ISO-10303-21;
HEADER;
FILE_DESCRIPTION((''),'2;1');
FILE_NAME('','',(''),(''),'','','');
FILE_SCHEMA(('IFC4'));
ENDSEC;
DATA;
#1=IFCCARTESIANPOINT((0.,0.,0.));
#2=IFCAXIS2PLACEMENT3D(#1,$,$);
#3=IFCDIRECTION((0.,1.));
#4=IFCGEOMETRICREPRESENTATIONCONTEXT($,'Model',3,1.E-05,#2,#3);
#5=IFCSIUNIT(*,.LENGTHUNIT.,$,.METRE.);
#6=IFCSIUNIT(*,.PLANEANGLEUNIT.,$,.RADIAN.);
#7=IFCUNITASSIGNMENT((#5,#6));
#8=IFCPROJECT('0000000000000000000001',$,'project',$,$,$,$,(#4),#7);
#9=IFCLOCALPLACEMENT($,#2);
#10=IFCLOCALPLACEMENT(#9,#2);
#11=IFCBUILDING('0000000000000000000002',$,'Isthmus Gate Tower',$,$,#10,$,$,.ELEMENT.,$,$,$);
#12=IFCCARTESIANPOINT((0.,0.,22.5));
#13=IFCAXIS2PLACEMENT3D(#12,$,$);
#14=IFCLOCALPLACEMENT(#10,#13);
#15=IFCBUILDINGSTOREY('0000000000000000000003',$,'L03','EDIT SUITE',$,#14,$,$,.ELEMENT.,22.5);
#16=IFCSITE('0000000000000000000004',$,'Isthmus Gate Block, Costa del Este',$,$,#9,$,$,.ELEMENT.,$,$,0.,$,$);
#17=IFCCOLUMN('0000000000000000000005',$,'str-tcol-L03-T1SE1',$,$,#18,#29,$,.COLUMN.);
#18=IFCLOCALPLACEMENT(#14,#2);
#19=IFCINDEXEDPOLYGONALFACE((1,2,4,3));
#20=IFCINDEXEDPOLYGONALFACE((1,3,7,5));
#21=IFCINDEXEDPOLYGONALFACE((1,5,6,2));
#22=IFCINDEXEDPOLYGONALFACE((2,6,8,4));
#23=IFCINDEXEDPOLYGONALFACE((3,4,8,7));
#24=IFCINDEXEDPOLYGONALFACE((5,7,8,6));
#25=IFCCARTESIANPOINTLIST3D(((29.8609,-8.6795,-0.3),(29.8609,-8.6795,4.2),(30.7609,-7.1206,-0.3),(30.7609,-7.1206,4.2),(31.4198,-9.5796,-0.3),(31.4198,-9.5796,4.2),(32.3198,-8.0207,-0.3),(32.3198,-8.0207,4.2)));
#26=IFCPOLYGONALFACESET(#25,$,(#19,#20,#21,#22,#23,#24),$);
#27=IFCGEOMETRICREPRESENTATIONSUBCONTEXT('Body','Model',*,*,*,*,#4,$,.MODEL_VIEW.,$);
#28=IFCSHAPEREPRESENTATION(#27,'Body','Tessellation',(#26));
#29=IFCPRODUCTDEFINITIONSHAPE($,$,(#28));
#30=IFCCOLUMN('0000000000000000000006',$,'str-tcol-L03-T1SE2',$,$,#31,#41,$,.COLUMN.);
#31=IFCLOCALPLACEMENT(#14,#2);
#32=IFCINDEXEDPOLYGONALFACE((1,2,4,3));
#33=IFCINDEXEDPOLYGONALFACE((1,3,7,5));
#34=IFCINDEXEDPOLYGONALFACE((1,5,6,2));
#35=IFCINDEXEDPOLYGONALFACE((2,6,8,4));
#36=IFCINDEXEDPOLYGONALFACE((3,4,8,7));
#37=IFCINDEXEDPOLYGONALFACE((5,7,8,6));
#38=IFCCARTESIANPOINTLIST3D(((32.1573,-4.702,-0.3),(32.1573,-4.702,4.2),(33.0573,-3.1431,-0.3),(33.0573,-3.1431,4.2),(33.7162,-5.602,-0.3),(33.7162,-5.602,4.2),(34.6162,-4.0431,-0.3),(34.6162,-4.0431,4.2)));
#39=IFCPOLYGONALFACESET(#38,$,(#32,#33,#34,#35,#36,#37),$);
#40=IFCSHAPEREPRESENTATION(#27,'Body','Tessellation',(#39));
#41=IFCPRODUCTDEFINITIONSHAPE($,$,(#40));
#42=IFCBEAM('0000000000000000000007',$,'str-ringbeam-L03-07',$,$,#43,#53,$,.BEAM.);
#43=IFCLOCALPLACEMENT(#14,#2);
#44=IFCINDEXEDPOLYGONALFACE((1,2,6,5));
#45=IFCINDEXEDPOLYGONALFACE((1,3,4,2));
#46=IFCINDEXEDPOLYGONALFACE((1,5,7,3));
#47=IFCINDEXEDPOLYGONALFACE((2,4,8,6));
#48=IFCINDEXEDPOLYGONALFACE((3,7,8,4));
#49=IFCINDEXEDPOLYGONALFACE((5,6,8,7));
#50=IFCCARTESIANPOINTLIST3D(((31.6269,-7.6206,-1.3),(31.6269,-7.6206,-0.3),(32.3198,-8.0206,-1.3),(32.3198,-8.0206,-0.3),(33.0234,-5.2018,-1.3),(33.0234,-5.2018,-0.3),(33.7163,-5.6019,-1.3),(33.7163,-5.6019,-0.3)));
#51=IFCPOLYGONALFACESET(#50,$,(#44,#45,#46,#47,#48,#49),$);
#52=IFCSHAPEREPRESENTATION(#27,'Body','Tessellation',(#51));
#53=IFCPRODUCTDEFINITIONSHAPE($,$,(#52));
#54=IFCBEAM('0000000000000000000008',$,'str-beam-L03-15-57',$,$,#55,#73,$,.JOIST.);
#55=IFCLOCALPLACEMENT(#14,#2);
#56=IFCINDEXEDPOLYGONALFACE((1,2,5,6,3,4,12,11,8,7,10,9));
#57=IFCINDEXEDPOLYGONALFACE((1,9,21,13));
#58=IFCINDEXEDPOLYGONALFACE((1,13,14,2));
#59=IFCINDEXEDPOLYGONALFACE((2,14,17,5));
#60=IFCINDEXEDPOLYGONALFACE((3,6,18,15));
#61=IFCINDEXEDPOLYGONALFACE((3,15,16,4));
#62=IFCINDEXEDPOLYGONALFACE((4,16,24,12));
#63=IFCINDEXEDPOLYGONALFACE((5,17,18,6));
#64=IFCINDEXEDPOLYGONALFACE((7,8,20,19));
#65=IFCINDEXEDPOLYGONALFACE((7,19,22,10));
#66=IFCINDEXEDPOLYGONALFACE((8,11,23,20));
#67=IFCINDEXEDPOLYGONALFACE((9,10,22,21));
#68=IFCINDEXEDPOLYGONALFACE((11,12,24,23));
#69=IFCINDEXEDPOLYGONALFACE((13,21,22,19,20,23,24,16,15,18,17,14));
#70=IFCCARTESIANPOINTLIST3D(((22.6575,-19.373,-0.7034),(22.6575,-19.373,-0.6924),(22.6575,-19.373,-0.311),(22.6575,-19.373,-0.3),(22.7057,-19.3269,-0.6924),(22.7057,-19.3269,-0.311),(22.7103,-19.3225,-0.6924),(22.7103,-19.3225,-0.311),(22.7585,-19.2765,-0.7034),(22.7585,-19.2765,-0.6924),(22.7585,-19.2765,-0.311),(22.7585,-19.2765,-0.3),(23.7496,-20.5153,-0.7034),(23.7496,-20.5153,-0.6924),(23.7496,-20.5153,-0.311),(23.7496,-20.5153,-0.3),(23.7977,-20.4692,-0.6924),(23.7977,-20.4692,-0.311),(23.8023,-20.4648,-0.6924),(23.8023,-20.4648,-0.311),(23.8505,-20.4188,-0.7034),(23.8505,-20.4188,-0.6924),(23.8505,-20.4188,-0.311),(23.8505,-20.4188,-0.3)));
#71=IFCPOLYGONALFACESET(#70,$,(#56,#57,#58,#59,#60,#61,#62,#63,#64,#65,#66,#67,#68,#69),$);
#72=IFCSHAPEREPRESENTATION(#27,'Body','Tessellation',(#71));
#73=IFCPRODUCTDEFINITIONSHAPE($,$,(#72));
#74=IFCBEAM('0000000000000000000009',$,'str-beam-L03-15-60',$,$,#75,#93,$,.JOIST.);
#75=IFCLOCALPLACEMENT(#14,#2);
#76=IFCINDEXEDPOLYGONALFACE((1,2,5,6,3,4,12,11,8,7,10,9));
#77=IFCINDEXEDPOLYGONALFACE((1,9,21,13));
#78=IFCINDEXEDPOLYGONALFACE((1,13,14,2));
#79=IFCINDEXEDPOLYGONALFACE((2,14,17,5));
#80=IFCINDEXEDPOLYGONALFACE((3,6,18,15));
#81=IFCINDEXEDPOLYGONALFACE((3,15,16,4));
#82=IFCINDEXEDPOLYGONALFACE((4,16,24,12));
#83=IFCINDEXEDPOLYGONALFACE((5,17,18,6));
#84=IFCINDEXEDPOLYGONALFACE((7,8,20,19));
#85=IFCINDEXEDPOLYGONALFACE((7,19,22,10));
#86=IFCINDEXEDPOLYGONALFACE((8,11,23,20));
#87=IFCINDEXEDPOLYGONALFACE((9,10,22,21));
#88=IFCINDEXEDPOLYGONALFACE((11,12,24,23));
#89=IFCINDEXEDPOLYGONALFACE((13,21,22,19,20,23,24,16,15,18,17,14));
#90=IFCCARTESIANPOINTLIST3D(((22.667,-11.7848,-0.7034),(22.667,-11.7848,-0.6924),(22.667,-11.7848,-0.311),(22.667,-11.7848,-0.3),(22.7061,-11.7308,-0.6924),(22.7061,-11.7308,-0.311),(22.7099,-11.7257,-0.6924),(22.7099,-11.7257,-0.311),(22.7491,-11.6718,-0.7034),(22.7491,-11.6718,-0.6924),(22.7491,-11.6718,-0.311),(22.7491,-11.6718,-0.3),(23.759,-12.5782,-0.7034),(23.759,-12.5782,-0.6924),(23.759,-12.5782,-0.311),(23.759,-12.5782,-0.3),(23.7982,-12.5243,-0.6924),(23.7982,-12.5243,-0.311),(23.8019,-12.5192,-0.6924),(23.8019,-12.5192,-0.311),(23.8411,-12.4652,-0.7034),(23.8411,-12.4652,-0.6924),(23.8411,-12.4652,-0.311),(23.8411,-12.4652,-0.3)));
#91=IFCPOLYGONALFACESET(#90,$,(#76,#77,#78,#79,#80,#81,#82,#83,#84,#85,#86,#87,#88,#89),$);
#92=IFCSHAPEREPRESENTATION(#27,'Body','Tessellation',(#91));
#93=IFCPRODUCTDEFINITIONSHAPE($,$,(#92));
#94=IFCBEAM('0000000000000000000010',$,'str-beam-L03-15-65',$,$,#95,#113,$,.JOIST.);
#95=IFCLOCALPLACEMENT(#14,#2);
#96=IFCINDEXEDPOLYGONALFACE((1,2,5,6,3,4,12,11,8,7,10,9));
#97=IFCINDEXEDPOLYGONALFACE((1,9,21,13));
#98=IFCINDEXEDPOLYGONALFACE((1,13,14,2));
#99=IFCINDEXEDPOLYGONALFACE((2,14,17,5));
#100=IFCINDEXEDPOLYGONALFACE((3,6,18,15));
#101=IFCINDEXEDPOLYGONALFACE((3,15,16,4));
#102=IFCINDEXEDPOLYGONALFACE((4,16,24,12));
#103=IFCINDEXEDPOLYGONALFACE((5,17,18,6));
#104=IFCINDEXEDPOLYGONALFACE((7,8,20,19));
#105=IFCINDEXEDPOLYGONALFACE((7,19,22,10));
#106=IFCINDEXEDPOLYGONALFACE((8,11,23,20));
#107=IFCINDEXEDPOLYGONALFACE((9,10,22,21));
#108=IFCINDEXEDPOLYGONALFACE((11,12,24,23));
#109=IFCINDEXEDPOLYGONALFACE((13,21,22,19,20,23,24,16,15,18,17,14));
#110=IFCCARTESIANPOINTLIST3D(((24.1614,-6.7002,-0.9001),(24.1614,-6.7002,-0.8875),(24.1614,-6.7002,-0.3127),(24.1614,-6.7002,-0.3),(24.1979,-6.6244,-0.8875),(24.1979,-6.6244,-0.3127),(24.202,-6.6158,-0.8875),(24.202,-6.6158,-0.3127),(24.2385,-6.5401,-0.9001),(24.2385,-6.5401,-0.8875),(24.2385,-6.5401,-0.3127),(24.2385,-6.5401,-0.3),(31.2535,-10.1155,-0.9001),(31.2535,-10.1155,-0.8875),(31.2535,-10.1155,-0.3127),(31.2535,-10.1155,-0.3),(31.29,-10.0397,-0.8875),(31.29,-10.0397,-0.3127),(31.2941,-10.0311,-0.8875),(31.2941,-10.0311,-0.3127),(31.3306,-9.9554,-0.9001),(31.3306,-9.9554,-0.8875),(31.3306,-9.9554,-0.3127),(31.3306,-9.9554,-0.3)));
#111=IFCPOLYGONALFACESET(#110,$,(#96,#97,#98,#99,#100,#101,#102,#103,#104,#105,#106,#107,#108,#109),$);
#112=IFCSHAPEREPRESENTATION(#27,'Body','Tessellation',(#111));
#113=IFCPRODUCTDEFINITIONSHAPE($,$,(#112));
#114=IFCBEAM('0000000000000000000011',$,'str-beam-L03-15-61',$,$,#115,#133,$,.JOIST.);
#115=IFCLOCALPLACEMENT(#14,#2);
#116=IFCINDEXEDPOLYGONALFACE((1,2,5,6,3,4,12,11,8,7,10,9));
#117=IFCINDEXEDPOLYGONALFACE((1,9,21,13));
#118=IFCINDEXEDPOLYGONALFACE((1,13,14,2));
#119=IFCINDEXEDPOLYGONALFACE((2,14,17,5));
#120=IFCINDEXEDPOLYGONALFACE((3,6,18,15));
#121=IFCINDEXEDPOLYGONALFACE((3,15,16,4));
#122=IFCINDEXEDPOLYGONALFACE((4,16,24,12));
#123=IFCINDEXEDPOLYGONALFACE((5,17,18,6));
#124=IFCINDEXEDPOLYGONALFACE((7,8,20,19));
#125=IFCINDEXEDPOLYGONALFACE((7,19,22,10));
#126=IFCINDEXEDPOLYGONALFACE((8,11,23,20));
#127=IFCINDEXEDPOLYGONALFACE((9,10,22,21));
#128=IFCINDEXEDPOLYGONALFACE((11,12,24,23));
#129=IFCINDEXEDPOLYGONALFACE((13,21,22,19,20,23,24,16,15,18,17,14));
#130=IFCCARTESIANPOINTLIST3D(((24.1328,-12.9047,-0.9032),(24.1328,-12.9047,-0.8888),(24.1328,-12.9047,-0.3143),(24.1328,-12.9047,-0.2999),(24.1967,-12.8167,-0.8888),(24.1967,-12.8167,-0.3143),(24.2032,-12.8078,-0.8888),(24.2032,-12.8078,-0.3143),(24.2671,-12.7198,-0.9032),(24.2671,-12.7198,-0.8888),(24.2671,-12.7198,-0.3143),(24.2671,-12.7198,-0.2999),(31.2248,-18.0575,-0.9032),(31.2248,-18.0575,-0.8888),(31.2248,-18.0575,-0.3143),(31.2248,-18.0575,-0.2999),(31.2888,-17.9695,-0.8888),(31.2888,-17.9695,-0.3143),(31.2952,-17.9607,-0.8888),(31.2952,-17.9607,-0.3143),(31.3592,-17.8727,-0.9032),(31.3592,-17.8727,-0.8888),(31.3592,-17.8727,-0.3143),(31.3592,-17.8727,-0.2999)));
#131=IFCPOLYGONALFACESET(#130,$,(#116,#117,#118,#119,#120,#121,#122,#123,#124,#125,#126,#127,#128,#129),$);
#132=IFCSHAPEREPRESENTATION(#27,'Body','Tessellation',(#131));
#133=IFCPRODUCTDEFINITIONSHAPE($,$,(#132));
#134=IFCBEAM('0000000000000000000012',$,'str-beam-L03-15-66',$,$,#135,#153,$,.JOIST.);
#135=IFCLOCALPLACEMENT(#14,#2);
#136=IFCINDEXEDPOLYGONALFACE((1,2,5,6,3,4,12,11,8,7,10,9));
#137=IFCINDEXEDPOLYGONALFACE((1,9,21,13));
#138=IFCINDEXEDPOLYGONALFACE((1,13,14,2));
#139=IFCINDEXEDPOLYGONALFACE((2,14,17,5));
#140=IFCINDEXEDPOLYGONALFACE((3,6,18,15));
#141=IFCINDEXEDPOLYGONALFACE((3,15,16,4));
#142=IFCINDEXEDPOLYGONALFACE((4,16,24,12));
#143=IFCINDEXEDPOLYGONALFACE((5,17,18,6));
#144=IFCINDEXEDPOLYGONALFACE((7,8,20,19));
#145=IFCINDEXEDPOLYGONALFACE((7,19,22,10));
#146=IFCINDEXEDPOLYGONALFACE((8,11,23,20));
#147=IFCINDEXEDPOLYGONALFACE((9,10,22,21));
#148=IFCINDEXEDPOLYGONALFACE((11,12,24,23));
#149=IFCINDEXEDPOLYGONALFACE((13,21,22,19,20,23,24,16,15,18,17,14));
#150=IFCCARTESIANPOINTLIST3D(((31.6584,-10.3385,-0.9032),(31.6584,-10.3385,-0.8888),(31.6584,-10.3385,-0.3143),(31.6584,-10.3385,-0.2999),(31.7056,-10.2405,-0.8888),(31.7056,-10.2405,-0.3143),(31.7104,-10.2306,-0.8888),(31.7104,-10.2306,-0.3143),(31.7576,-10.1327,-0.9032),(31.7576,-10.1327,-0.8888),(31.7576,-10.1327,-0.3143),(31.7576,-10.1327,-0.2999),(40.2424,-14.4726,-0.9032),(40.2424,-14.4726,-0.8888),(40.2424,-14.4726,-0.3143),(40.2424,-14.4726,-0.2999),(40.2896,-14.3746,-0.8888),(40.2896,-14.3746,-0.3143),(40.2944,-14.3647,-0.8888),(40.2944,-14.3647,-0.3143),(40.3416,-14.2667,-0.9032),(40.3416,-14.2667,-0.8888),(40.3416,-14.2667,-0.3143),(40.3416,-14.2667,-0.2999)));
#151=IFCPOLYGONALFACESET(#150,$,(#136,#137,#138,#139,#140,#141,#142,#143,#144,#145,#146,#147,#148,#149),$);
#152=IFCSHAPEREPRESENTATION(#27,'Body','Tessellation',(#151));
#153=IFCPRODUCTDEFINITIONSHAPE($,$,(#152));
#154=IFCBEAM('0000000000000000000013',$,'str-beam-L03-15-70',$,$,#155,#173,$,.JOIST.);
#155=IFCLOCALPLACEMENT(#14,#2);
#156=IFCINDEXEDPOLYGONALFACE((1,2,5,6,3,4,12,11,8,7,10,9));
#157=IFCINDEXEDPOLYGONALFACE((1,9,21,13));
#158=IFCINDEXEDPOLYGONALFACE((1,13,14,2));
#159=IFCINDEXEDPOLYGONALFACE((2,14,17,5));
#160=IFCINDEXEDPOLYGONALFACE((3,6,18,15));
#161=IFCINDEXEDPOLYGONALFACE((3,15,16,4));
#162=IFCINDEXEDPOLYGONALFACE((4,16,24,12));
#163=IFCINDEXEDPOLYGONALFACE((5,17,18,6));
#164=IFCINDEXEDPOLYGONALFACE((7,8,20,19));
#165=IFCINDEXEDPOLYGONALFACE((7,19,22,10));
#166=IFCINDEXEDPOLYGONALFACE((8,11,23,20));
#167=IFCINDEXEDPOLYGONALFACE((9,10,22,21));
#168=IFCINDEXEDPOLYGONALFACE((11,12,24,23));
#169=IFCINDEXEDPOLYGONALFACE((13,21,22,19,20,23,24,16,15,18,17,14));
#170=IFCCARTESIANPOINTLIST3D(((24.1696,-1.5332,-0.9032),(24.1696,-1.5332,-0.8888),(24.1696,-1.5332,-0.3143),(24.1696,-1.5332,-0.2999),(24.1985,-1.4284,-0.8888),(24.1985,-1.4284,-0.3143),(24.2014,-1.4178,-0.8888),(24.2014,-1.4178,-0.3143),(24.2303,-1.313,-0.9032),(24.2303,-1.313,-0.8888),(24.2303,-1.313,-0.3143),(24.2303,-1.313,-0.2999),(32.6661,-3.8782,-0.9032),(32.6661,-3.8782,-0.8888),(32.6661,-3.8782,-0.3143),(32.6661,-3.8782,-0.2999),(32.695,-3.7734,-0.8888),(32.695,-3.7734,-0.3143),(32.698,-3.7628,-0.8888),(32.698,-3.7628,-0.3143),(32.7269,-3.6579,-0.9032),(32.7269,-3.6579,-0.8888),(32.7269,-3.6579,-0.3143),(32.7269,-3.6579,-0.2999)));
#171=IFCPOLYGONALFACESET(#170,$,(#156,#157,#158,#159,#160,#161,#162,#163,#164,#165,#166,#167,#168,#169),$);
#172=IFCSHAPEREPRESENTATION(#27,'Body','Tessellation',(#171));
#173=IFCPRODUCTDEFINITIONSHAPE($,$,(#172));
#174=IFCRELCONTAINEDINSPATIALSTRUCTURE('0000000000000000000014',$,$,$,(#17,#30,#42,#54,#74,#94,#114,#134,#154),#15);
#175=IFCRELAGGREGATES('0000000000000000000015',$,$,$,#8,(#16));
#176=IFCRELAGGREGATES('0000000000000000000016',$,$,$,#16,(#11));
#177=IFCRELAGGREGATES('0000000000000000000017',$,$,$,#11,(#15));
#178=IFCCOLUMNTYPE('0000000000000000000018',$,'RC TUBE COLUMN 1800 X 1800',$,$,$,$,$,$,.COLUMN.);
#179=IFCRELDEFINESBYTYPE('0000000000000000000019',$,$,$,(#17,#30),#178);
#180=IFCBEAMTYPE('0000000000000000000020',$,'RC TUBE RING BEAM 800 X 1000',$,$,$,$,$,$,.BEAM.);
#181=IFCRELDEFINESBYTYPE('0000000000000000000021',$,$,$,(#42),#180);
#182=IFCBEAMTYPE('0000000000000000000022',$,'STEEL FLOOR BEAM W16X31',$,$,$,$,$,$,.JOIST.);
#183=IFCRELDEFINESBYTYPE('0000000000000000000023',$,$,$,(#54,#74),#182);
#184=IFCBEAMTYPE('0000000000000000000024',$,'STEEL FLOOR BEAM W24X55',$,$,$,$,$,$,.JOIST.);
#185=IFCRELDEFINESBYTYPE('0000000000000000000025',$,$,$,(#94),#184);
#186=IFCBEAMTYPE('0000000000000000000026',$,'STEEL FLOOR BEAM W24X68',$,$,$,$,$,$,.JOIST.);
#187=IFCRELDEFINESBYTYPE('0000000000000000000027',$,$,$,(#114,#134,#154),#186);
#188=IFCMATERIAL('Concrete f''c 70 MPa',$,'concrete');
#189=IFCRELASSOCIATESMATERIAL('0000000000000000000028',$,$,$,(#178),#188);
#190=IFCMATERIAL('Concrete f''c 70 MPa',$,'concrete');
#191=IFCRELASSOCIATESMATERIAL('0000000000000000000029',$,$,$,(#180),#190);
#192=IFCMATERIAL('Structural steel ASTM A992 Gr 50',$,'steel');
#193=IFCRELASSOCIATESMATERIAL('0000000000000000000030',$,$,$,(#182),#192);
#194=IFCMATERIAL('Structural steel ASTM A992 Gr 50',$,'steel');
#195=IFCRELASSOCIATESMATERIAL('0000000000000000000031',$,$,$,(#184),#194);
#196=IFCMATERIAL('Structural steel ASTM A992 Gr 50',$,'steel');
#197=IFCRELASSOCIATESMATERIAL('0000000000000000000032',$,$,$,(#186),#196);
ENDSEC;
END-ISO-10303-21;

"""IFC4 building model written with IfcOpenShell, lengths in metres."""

from ifc_helpers import new_model, si_unit, direction, frame, origin, origin_2d, place, context, subcontext, project, spatial, rectangle, i_section, extrude, material, material_profile, profile_set, type_object, element, save


model = new_model("IFC4")

# Units and contexts
model_context = context("Model", 3, precision=1e-05, world=origin(), true_north=direction((0.0, 1.0)))
body_context = subcontext(model_context, "Body", "Model", "MODEL_VIEW")
ifc_project = project(units=[si_unit("LENGTHUNIT", "METRE"), si_unit("PLANEANGLEUNIT", "RADIAN")], contexts=[model_context])

# Site, building, storey
site_placement = place(None, origin())
site = spatial("IfcSite", under=ifc_project, at=site_placement, Name="Isthmus Gate Block, Costa del Este", CompositionType="ELEMENT", RefElevation=0.0)
building_placement = place(site_placement, origin())
building = spatial("IfcBuilding", under=site, at=building_placement, Name="Isthmus Gate Tower", CompositionType="ELEMENT")
storey_placement = place(building_placement, frame((0.0, 0.0, 22.5)))
storey = spatial("IfcBuildingStorey", under=building, at=storey_placement, Name="L03", Description="EDIT SUITE", CompositionType="ELEMENT", Elevation=22.5)

# Columns
ifc_material_1 = material(Name="Concrete f'c 70 MPa", Category="concrete")
ifc_material_profile_1 = material_profile(ifc_material_1, rectangle(XDim=1.8, YDim=1.8, at=origin_2d()), Name="RC 1800X1800")
ifc_profile_set_1 = profile_set([ifc_material_profile_1], Name="Concrete f'c 70 MPa")
column_type = type_object("IfcColumnType", Name="RC TUBE COLUMN 1800 X 1800", PredefinedType="COLUMN", material=ifc_profile_set_1)
for number, where, z_axis, x_axis, name in (
    (1, (31.0903, -8.3501, -0.3), (0.0, 0.0, 1.0), (0.5, 0.866025, 0.0), "str-tcol-L03-T1SE1"),
    (2, (33.3867, -4.3726, -0.3), (0.0, 0.0, 1.0), (0.5, 0.866025, 0.0), "str-tcol-L03-T1SE2"),
):
    element("IfcColumn", number, at=place(storey_placement, frame(where, z_axis=z_axis, x_axis=x_axis)), inside=storey, type_object=column_type, Name=name, PredefinedType="COLUMN", context=body_context, shape_type="SweptSolid", body=[
        extrude(rectangle(XDim=1.8, YDim=1.8, at=origin_2d()), origin(), (0.0, 0.0, 1.0), 4.5),
    ])

# Beams
ifc_material_2 = material(Name="Concrete f'c 70 MPa", Category="concrete")
ifc_material_profile_2 = material_profile(ifc_material_2, rectangle(XDim=0.8, YDim=1.0, at=origin_2d()), Name="RC 800X1000")
ifc_profile_set_2 = profile_set([ifc_material_profile_2], Name="Concrete f'c 70 MPa")
beam_type_1 = type_object("IfcBeamType", Name="RC TUBE RING BEAM 800 X 1000", PredefinedType="BEAM", material=ifc_profile_set_2)
beam_1_placement = place(storey_placement, frame((33.3699, -5.4019, -0.8), z_axis=(-0.500013, -0.866018, 0.0), x_axis=(0.866018, -0.500013, 0.0)))
element("IfcBeam", 3, at=beam_1_placement, inside=storey, type_object=beam_type_1, Name="str-ringbeam-L03-07", PredefinedType="BEAM", context=body_context, shape_type="SweptSolid", body=[
    extrude(rectangle(XDim=0.8, YDim=1.0, at=origin_2d()), origin(), (0.0, 0.0, 1.0), 2.793),
])
ifc_material_3 = material(Name="Structural steel ASTM A992 Gr 50", Category="steel")
ifc_material_profile_3 = material_profile(ifc_material_3, i_section(OverallWidth=0.1396, OverallDepth=0.4033, WebThickness=0.0063, FlangeThickness=0.011, at=origin_2d()), Name="W16X31")
ifc_profile_set_3 = profile_set([ifc_material_profile_3], Name="Structural steel ASTM A992 Gr 50")
beam_type_2 = type_object("IfcBeamType", Name="STEEL FLOOR BEAM W16X31", PredefinedType="JOIST", material=ifc_profile_set_3)
beam_2_placement = place(storey_placement, frame((22.708, -19.3247, -0.5017), z_axis=(0.691016, -0.72284, 0.0), x_axis=(0.72284, 0.691016, 0.0)))
element("IfcBeam", 4, at=beam_2_placement, inside=storey, type_object=beam_type_2, Name="str-beam-L03-15-57", PredefinedType="JOIST", context=body_context, shape_type="SweptSolid", body=[
    extrude(i_section(OverallWidth=0.1396, OverallDepth=0.4033, WebThickness=0.0063, FlangeThickness=0.011, at=origin_2d()), origin(), (0.0, 0.0, 1.0), 1.5803),
])
beam_3_placement = place(storey_placement, frame((22.708, -11.7283, -0.5017), z_axis=(0.809002, -0.587806, 0.0), x_axis=(0.587806, 0.809002, 0.0)))
element("IfcBeam", 5, at=beam_3_placement, inside=storey, type_object=beam_type_2, Name="str-beam-L03-15-60", PredefinedType="JOIST", context=body_context, shape_type="SweptSolid", body=[
    extrude(i_section(OverallWidth=0.1396, OverallDepth=0.4033, WebThickness=0.0063, FlangeThickness=0.011, at=origin_2d()), origin(), (0.0, 0.0, 1.0), 1.3499),
])
ifc_material_4 = material(Name="Structural steel ASTM A992 Gr 50", Category="steel")
ifc_material_profile_4 = material_profile(ifc_material_4, i_section(OverallWidth=0.1777, OverallDepth=0.6001, WebThickness=0.0095, FlangeThickness=0.0127, at=origin_2d()), Name="W24X55")
ifc_profile_set_4 = profile_set([ifc_material_profile_4], Name="Structural steel ASTM A992 Gr 50")
beam_type_3 = type_object("IfcBeamType", Name="STEEL FLOOR BEAM W24X55", PredefinedType="JOIST", material=ifc_profile_set_4)
beam_4_placement = place(storey_placement, frame((24.2, -6.6201, -0.6001), z_axis=(0.900972, -0.433877, 0.0), x_axis=(0.433877, 0.900972, 0.0)))
element("IfcBeam", 6, at=beam_4_placement, inside=storey, type_object=beam_type_3, Name="str-beam-L03-15-65", PredefinedType="JOIST", context=body_context, shape_type="SweptSolid", body=[
    extrude(i_section(OverallWidth=0.1777, OverallDepth=0.6001, WebThickness=0.0095, FlangeThickness=0.0127, at=origin_2d()), origin(), (0.0, 0.0, 1.0), 7.8716),
])
ifc_material_5 = material(Name="Structural steel ASTM A992 Gr 50", Category="steel")
ifc_material_profile_5 = material_profile(ifc_material_5, i_section(OverallWidth=0.2285, OverallDepth=0.6033, WebThickness=0.011, FlangeThickness=0.0144, at=origin_2d()), Name="W24X68")
ifc_profile_set_5 = profile_set([ifc_material_profile_5], Name="Structural steel ASTM A992 Gr 50")
beam_type_4 = type_object("IfcBeamType", Name="STEEL FLOOR BEAM W24X68", PredefinedType="JOIST", material=ifc_profile_set_5)
beam_5_placement = place(storey_placement, frame((24.2, -12.8123, -0.6016), z_axis=(0.809008, -0.587797, 0.0), x_axis=(0.587797, 0.809008, 0.0)))
element("IfcBeam", 7, at=beam_5_placement, inside=storey, type_object=beam_type_4, Name="str-beam-L03-15-61", PredefinedType="JOIST", context=body_context, shape_type="SweptSolid", body=[
    extrude(i_section(OverallWidth=0.2285, OverallDepth=0.6033, WebThickness=0.011, FlangeThickness=0.0144, at=origin_2d()), origin(), (0.0, 0.0, 1.0), 8.7664),
])
beam_6_placement = place(storey_placement, frame((31.708, -10.2356, -0.6016), z_axis=(0.90096, -0.433901, 0.0), x_axis=(0.433901, 0.90096, 0.0)))
element("IfcBeam", 8, at=beam_6_placement, inside=storey, type_object=beam_type_4, Name="str-beam-L03-15-66", PredefinedType="JOIST", context=body_context, shape_type="SweptSolid", body=[
    extrude(i_section(OverallWidth=0.2285, OverallDepth=0.6033, WebThickness=0.011, FlangeThickness=0.0144, at=origin_2d()), origin(), (0.0, 0.0, 1.0), 9.5276),
])
beam_7_placement = place(storey_placement, frame((24.2, -1.4231, -0.6016), z_axis=(0.963961, -0.266043, 0.0), x_axis=(0.266043, 0.963961, 0.0)))
element("IfcBeam", 9, at=beam_7_placement, inside=storey, type_object=beam_type_4, Name="str-beam-L03-15-70", PredefinedType="JOIST", context=body_context, shape_type="SweptSolid", body=[
    extrude(i_section(OverallWidth=0.2285, OverallDepth=0.6033, WebThickness=0.011, FlangeThickness=0.0144, at=origin_2d()), origin(), (0.0, 0.0, 1.0), 8.8142),
])

save(model, "model.ifc")
